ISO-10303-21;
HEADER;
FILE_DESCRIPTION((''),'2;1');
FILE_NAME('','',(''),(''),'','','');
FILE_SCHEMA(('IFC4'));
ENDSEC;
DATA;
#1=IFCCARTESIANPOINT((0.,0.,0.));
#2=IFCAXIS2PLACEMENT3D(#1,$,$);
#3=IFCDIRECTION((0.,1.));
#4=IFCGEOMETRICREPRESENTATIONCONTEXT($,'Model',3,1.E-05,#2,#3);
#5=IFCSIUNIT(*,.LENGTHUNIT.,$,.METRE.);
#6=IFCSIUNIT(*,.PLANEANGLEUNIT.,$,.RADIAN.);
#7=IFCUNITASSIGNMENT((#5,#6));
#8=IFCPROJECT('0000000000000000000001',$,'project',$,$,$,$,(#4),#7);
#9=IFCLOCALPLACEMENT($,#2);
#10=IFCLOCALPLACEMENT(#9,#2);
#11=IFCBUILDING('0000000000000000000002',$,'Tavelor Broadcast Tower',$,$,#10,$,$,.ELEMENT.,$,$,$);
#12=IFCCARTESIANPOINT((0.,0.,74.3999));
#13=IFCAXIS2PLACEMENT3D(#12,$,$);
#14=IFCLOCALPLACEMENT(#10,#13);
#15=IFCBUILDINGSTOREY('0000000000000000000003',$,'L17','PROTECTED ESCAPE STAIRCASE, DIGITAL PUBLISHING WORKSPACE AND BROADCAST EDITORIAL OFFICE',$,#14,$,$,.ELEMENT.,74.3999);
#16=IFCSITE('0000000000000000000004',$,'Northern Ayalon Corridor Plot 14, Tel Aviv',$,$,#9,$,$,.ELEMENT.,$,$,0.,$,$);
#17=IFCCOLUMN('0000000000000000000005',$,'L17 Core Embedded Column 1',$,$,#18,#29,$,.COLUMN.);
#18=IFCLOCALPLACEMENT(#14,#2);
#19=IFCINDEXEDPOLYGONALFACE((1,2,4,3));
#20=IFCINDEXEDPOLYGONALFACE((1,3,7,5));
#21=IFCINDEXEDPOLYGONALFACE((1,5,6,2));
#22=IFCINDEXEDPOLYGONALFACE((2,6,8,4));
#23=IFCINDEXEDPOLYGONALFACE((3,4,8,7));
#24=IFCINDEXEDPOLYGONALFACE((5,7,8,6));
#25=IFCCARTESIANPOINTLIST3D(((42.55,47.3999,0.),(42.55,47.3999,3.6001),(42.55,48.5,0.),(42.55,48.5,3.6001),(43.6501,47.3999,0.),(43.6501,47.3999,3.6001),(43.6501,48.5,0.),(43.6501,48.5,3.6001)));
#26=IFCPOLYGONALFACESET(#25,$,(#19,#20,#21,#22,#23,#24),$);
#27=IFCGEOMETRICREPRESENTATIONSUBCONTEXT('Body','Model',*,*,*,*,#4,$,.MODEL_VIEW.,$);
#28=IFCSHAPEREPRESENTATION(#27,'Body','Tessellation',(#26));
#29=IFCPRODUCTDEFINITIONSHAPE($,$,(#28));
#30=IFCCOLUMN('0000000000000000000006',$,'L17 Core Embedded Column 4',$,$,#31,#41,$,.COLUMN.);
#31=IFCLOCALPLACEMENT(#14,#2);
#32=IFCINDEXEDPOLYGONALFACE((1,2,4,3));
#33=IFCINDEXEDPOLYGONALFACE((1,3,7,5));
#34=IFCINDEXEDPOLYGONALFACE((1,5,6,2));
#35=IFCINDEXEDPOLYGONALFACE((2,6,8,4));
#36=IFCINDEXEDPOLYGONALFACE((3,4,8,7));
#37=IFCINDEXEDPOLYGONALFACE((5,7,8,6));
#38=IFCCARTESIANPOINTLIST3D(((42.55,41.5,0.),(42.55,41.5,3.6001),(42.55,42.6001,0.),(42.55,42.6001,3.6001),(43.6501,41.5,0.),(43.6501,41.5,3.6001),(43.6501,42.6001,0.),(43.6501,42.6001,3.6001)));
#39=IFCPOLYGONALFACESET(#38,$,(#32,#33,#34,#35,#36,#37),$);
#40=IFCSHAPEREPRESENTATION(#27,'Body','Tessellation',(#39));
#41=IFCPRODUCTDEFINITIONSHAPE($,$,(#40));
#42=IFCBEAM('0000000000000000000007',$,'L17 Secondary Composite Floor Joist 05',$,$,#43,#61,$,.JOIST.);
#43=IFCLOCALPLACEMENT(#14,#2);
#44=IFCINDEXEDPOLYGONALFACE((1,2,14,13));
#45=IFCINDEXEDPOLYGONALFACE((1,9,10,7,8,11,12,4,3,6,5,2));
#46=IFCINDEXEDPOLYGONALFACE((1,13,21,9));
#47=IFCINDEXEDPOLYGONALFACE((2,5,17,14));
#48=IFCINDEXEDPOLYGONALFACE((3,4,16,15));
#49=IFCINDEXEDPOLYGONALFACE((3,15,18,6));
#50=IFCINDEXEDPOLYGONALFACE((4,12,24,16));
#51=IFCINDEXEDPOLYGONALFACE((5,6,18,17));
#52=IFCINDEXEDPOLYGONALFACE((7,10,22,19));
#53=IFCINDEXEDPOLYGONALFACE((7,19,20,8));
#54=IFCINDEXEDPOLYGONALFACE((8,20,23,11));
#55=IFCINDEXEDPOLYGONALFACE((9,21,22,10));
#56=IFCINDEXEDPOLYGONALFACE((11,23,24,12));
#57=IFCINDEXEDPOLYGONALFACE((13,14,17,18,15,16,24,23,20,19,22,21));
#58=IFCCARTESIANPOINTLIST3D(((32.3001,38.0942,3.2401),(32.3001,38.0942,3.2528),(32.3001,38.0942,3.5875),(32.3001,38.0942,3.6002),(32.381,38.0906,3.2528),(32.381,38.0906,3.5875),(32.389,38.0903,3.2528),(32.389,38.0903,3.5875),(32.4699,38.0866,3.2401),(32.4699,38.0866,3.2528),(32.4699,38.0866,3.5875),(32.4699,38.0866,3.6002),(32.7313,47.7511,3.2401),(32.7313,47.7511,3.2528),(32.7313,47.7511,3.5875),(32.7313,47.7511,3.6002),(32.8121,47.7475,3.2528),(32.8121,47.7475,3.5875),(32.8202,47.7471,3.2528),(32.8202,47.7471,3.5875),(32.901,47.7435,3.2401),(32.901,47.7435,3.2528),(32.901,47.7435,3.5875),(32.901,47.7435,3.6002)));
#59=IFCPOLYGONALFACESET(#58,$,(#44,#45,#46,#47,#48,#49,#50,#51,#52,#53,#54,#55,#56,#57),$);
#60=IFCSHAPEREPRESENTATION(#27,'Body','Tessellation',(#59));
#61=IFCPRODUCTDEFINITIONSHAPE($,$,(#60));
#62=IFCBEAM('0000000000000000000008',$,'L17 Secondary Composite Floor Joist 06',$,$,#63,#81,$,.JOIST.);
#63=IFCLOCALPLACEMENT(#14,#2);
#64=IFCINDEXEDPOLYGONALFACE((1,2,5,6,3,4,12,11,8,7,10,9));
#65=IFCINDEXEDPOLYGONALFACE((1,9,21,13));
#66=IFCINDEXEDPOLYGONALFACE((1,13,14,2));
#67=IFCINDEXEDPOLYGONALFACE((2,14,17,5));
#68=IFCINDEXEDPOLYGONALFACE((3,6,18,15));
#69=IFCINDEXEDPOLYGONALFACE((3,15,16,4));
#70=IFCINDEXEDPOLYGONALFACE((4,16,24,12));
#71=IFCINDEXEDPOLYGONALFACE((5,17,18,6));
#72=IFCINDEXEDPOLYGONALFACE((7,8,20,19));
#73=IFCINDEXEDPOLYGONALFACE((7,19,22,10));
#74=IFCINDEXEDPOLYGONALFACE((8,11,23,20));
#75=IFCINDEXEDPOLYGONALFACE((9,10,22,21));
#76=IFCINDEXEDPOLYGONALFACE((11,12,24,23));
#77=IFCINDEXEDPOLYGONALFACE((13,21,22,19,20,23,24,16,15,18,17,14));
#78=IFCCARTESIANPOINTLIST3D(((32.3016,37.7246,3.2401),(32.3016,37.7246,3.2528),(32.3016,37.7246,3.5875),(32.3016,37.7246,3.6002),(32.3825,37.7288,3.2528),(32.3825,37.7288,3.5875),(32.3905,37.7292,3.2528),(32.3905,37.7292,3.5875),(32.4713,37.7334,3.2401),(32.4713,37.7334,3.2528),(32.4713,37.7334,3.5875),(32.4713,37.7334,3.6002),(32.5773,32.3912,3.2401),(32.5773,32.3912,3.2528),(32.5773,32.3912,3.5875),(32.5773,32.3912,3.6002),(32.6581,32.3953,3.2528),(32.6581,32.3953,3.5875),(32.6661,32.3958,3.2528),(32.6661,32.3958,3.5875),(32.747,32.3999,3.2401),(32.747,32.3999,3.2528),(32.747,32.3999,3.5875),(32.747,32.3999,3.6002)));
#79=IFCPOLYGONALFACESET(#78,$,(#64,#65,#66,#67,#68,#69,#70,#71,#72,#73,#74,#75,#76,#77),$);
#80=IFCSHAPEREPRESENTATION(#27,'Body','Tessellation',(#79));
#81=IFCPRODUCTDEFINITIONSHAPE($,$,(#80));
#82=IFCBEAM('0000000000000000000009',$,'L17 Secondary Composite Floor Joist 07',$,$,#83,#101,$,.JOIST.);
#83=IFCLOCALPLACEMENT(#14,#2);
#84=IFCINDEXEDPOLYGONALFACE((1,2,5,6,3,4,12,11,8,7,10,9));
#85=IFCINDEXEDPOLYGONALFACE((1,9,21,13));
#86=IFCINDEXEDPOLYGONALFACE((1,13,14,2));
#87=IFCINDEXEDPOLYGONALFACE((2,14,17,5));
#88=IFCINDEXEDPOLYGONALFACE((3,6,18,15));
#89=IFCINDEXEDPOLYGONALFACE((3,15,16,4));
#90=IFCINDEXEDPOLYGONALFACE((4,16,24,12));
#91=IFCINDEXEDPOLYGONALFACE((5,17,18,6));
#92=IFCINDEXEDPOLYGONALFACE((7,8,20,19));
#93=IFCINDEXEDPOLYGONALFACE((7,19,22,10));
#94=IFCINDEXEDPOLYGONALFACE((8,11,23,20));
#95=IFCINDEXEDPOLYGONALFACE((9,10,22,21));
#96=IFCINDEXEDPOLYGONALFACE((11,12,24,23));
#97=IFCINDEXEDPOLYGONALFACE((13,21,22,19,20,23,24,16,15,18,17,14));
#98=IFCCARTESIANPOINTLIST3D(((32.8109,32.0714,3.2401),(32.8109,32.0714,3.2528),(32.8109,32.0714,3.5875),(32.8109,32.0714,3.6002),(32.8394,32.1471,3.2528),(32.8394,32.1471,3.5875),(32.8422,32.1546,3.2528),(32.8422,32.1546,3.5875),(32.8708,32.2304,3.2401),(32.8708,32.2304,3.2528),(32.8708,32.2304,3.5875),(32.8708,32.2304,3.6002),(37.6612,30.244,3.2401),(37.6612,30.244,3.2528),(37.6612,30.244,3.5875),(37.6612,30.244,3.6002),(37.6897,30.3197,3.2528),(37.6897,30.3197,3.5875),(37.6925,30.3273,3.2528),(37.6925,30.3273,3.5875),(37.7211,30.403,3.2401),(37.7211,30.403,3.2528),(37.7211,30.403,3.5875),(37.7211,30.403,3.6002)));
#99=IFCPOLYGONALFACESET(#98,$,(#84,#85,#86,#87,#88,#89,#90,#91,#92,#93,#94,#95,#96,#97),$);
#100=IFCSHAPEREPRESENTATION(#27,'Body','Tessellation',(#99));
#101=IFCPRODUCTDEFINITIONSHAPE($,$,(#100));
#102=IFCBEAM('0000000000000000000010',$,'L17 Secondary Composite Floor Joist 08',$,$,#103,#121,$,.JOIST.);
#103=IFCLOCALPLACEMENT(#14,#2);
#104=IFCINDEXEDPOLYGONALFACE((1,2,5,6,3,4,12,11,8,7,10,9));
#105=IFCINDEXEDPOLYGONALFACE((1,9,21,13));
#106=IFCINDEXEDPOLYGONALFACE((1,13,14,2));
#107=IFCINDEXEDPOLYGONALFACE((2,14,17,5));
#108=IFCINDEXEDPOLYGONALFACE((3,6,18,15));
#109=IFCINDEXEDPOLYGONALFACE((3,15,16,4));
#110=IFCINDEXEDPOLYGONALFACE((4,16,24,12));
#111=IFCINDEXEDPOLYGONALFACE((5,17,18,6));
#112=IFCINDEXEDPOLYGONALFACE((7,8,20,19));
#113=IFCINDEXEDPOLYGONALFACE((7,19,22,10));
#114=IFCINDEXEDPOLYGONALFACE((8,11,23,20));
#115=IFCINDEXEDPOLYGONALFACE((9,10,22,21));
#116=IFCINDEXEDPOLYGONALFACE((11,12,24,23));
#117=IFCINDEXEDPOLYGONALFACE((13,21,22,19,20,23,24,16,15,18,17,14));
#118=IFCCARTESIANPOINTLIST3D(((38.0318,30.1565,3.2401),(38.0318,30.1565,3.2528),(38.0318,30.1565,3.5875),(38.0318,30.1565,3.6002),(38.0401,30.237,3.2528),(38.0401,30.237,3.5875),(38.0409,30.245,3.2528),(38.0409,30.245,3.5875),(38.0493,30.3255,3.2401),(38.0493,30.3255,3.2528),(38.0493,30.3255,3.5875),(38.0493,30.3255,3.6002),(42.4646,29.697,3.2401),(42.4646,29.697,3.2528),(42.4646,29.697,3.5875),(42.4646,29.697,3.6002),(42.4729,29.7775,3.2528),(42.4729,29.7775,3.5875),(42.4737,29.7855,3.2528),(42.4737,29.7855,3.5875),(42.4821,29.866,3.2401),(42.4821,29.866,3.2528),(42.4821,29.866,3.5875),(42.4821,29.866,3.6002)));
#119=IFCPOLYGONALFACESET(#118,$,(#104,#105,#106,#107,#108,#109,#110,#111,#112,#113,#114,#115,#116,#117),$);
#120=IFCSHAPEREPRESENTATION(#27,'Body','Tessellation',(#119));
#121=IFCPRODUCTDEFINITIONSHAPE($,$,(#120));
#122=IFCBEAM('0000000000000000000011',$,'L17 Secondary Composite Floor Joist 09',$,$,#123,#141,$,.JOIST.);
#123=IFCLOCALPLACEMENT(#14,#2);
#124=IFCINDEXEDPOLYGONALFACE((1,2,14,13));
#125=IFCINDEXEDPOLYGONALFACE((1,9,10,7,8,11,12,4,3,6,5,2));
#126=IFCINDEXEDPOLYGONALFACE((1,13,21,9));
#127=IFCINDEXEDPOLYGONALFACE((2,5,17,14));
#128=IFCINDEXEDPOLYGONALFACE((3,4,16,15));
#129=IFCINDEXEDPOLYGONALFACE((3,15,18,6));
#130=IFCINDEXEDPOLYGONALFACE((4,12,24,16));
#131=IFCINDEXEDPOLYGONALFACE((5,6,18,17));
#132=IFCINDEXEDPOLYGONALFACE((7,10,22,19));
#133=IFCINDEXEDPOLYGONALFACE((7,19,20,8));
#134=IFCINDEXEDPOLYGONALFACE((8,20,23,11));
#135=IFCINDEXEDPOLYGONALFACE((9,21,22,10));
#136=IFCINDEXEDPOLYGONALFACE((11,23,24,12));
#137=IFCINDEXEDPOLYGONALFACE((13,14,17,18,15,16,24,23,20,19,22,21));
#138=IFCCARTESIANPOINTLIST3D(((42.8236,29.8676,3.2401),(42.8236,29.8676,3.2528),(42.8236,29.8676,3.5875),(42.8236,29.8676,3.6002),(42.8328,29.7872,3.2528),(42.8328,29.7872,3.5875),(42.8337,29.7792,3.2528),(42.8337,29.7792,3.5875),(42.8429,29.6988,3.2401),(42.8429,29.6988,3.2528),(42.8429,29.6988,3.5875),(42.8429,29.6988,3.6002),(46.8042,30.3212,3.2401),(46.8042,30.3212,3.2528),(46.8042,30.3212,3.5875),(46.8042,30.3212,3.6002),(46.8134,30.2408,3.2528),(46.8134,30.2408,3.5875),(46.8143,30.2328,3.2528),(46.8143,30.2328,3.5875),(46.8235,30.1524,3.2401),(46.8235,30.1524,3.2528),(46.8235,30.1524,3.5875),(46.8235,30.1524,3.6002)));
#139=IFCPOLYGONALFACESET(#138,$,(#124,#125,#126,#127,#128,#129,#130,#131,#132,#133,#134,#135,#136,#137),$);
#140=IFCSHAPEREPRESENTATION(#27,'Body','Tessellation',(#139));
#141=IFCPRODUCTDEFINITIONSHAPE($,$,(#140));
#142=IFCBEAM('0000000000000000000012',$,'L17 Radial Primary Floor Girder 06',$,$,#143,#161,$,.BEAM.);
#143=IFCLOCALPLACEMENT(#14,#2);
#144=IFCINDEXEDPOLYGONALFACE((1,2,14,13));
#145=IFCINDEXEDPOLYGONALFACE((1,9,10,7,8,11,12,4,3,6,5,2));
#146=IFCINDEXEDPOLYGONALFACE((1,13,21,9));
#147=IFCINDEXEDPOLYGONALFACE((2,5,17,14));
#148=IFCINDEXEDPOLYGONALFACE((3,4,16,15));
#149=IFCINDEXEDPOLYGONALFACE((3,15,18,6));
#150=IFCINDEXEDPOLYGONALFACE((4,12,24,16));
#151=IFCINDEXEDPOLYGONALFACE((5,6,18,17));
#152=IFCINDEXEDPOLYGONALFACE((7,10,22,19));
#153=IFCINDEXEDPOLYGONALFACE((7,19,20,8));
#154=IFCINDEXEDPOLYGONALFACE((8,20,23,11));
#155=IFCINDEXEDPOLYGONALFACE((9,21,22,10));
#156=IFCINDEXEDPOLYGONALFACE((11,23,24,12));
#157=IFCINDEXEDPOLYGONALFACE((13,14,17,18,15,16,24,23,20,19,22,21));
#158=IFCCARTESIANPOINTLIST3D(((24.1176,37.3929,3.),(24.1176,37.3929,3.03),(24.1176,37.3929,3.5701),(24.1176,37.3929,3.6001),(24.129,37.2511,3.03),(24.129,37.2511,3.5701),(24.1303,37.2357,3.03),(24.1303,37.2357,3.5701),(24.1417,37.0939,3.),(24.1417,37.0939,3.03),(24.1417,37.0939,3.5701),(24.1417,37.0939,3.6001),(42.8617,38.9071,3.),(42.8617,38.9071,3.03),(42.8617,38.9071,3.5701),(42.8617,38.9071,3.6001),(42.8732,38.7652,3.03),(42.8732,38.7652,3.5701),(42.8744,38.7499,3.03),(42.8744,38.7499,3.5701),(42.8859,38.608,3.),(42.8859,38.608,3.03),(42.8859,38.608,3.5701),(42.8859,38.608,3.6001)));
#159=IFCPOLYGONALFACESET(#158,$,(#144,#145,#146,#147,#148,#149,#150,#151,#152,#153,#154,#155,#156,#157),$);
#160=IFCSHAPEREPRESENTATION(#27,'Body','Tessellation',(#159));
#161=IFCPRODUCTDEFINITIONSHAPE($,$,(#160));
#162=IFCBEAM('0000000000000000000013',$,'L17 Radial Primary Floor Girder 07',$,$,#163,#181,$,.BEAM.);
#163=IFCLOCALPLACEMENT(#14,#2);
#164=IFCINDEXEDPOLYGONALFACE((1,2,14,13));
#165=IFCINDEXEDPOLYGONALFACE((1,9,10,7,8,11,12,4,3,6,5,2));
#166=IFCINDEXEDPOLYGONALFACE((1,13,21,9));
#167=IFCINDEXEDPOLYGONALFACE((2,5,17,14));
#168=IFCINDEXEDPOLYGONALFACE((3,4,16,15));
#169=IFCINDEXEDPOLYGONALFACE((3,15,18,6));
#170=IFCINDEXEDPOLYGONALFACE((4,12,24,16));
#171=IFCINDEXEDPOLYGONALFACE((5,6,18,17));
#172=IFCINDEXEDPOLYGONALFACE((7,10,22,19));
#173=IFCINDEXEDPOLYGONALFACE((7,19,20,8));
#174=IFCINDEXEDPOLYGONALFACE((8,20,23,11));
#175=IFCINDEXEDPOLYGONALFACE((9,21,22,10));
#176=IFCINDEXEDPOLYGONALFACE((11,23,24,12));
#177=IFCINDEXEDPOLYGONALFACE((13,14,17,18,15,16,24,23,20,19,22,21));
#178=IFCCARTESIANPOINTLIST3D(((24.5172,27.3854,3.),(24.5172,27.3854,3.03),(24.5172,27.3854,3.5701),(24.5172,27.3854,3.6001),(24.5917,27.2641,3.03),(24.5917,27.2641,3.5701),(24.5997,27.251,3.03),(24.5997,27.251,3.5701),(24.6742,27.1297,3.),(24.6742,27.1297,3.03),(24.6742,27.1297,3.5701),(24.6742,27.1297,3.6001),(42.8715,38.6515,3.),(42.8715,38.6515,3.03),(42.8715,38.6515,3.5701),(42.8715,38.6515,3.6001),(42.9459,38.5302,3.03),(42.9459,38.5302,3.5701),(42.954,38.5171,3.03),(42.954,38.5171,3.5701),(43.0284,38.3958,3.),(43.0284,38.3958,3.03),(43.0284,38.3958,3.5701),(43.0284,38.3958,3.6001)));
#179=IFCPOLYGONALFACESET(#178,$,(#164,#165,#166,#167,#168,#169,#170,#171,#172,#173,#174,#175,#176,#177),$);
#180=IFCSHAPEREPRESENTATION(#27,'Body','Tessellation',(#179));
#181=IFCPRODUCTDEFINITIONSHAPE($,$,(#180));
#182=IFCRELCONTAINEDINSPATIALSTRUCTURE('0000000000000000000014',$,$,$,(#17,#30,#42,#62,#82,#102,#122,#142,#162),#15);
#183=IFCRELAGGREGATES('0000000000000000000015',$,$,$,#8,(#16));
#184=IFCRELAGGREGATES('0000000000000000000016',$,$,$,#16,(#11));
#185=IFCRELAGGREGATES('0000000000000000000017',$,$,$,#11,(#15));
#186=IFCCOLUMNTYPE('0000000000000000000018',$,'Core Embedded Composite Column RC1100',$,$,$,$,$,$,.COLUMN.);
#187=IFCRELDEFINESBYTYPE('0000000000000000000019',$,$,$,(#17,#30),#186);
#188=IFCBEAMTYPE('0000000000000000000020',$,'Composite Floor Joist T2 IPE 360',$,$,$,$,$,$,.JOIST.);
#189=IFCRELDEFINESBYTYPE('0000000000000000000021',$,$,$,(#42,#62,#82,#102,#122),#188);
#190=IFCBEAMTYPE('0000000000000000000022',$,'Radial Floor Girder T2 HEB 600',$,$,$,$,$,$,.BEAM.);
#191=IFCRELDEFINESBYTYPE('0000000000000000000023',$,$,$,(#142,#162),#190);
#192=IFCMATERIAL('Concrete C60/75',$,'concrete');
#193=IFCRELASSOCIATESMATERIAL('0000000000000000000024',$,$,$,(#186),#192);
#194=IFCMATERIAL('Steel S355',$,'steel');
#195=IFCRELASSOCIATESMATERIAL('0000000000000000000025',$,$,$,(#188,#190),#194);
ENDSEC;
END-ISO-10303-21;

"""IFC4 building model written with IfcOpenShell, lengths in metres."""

from ifc_helpers import new_model, si_unit, direction, frame, origin, origin_2d, place, context, subcontext, project, spatial, rectangle, i_section, extrude, material, material_profile, profile_set, type_object, element, save


model = new_model("IFC4")

# Units and contexts
model_context = context("Model", 3, precision=1e-05, world=origin(), true_north=direction((0.0, 1.0)))
body_context = subcontext(model_context, "Body", "Model", "MODEL_VIEW")
ifc_project = project(units=[si_unit("LENGTHUNIT", "METRE"), si_unit("PLANEANGLEUNIT", "RADIAN")], contexts=[model_context])

# Site, building, storey
site_placement = place(None, origin())
site = spatial("IfcSite", under=ifc_project, at=site_placement, Name="Northern Ayalon Corridor Plot 14, Tel Aviv", CompositionType="ELEMENT", RefElevation=0.0)
building_placement = place(site_placement, origin())
building = spatial("IfcBuilding", under=site, at=building_placement, Name="Tavelor Broadcast Tower", CompositionType="ELEMENT")
storey_placement = place(building_placement, frame((0.0, 0.0, 74.3999)))
storey = spatial("IfcBuildingStorey", under=building, at=storey_placement, Name="L17", Description="PROTECTED ESCAPE STAIRCASE, DIGITAL PUBLISHING WORKSPACE AND BROADCAST EDITORIAL OFFICE", CompositionType="ELEMENT", Elevation=74.3999)

# Columns
ifc_material_1 = material(Name="Concrete C60/75", Category="concrete")
ifc_material_profile_1 = material_profile(ifc_material_1, rectangle(XDim=1.1001, YDim=1.1001, at=origin_2d()), Name="RC 1100x1100")
ifc_profile_set_1 = profile_set([ifc_material_profile_1], Name="Concrete C60/75")
column_type = type_object("IfcColumnType", Name="Core Embedded Composite Column RC1100", PredefinedType="COLUMN", material=ifc_profile_set_1)
for number, where, z_axis, x_axis, name in (
    (1, (43.1001, 47.95, 0.0), (0.0, 0.0, 1.0), (1.0, 0.0, 0.0), "L17 Core Embedded Column 1"),
    (2, (43.1001, 42.05, 0.0), (0.0, 0.0, 1.0), (1.0, 0.0, 0.0), "L17 Core Embedded Column 4"),
):
    element("IfcColumn", number, at=place(storey_placement, frame(where, z_axis=z_axis, x_axis=x_axis)), inside=storey, type_object=column_type, Name=name, PredefinedType="COLUMN", context=body_context, shape_type="SweptSolid", body=[
        extrude(rectangle(XDim=1.1001, YDim=1.1001, at=origin_2d()), origin(), (0.0, 0.0, 1.0), 3.6001),
    ])

# Beams
ifc_material_2 = material(Name="Steel S355", Category="steel")
ifc_material_profile_2 = material_profile(ifc_material_2, i_section(OverallWidth=0.1699, OverallDepth=0.3601, WebThickness=0.0081, FlangeThickness=0.0127, at=origin_2d()), Name="IPE 360")
ifc_profile_set_2 = profile_set([ifc_material_profile_2], Name="Steel S355")
beam_type_1 = type_object("IfcBeamType", Name="Composite Floor Joist T2 IPE 360", PredefinedType="JOIST", material=ifc_profile_set_2)
beam_1_placement = place(storey_placement, frame((32.8162, 47.7473, 3.4202), z_axis=(-0.044602, -0.999005, 0.0), x_axis=(0.999005, -0.044602, 0.0)))
element("IfcBeam", 3, at=beam_1_placement, inside=storey, type_object=beam_type_1, Name="L17 Secondary Composite Floor Joist 05", PredefinedType="JOIST", context=body_context, shape_type="SweptSolid", body=[
    extrude(i_section(OverallWidth=0.1699, OverallDepth=0.3601, WebThickness=0.0081, FlangeThickness=0.0127, at=origin_2d()), origin(), (0.0, 0.0, 1.0), 9.6665),
])
beam_2_placement = place(storey_placement, frame((32.3865, 37.729, 3.4202), z_axis=(0.051611, -0.998667, 0.0), x_axis=(0.998667, 0.051611, 0.0)))
element("IfcBeam", 4, at=beam_2_placement, inside=storey, type_object=beam_type_1, Name="L17 Secondary Composite Floor Joist 06", PredefinedType="JOIST", context=body_context, shape_type="SweptSolid", body=[
    extrude(i_section(OverallWidth=0.1699, OverallDepth=0.3601, WebThickness=0.0081, FlangeThickness=0.0127, at=origin_2d()), origin(), (0.0, 0.0, 1.0), 5.3406),
])
beam_3_placement = place(storey_placement, frame((32.8408, 32.1509, 3.4202), z_axis=(0.935788, -0.352563, 0.0), x_axis=(0.352563, 0.935788, 0.0)))
element("IfcBeam", 5, at=beam_3_placement, inside=storey, type_object=beam_type_1, Name="L17 Secondary Composite Floor Joist 07", PredefinedType="JOIST", context=body_context, shape_type="SweptSolid", body=[
    extrude(i_section(OverallWidth=0.1699, OverallDepth=0.3601, WebThickness=0.0081, FlangeThickness=0.0127, at=origin_2d()), origin(), (0.0, 0.0, 1.0), 5.1831),
])
beam_4_placement = place(storey_placement, frame((38.0405, 30.241, 3.4202), z_axis=(0.994671, -0.103099, 0.0), x_axis=(0.103099, 0.994671, 0.0)))
element("IfcBeam", 6, at=beam_4_placement, inside=storey, type_object=beam_type_1, Name="L17 Secondary Composite Floor Joist 08", PredefinedType="JOIST", context=body_context, shape_type="SweptSolid", body=[
    extrude(i_section(OverallWidth=0.1699, OverallDepth=0.3601, WebThickness=0.0081, FlangeThickness=0.0127, at=origin_2d()), origin(), (0.0, 0.0, 1.0), 4.4565),
])
beam_5_placement = place(storey_placement, frame((42.8333, 29.7832, 3.4202), z_axis=(0.993569, 0.113227, 0.0), x_axis=(-0.113227, 0.993569, 0.0)))
element("IfcBeam", 7, at=beam_5_placement, inside=storey, type_object=beam_type_1, Name="L17 Secondary Composite Floor Joist 09", PredefinedType="JOIST", context=body_context, shape_type="SweptSolid", body=[
    extrude(i_section(OverallWidth=0.1699, OverallDepth=0.3601, WebThickness=0.0081, FlangeThickness=0.0127, at=origin_2d()), origin(), (0.0, 0.0, 1.0), 4.0063),
])
ifc_material_profile_3 = material_profile(ifc_material_2, i_section(OverallWidth=0.3, OverallDepth=0.6001, WebThickness=0.0154, FlangeThickness=0.03, at=origin_2d()), Name="HEB 600")
ifc_profile_set_3 = profile_set([ifc_material_profile_3], Name="Steel S355")
beam_type_2 = type_object("IfcBeamType", Name="Radial Floor Girder T2 HEB 600", PredefinedType="BEAM", material=ifc_profile_set_3)
beam_6_placement = place(storey_placement, frame((42.8738, 38.7576, 3.3), z_axis=(-0.996753, -0.080518, 0.0), x_axis=(0.080518, -0.996753, 0.0)))
element("IfcBeam", 8, at=beam_6_placement, inside=storey, type_object=beam_type_2, Name="L17 Radial Primary Floor Girder 06", PredefinedType="BEAM", context=body_context, shape_type="SweptSolid", body=[
    extrude(i_section(OverallWidth=0.3, OverallDepth=0.6001, WebThickness=0.0154, FlangeThickness=0.03, at=origin_2d()), origin(), (0.0, 0.0, 1.0), 18.8052),
])
beam_7_placement = place(storey_placement, frame((42.95, 38.5237, 3.3), z_axis=(-0.852255, -0.523127, 0.0), x_axis=(0.523127, -0.852255, 0.0)))
element("IfcBeam", 9, at=beam_7_placement, inside=storey, type_object=beam_type_2, Name="L17 Radial Primary Floor Girder 07", PredefinedType="BEAM", context=body_context, shape_type="SweptSolid", body=[
    extrude(i_section(OverallWidth=0.3, OverallDepth=0.6001, WebThickness=0.0154, FlangeThickness=0.03, at=origin_2d()), origin(), (0.0, 0.0, 1.0), 21.5361),
])

save(model, "model.ifc")
